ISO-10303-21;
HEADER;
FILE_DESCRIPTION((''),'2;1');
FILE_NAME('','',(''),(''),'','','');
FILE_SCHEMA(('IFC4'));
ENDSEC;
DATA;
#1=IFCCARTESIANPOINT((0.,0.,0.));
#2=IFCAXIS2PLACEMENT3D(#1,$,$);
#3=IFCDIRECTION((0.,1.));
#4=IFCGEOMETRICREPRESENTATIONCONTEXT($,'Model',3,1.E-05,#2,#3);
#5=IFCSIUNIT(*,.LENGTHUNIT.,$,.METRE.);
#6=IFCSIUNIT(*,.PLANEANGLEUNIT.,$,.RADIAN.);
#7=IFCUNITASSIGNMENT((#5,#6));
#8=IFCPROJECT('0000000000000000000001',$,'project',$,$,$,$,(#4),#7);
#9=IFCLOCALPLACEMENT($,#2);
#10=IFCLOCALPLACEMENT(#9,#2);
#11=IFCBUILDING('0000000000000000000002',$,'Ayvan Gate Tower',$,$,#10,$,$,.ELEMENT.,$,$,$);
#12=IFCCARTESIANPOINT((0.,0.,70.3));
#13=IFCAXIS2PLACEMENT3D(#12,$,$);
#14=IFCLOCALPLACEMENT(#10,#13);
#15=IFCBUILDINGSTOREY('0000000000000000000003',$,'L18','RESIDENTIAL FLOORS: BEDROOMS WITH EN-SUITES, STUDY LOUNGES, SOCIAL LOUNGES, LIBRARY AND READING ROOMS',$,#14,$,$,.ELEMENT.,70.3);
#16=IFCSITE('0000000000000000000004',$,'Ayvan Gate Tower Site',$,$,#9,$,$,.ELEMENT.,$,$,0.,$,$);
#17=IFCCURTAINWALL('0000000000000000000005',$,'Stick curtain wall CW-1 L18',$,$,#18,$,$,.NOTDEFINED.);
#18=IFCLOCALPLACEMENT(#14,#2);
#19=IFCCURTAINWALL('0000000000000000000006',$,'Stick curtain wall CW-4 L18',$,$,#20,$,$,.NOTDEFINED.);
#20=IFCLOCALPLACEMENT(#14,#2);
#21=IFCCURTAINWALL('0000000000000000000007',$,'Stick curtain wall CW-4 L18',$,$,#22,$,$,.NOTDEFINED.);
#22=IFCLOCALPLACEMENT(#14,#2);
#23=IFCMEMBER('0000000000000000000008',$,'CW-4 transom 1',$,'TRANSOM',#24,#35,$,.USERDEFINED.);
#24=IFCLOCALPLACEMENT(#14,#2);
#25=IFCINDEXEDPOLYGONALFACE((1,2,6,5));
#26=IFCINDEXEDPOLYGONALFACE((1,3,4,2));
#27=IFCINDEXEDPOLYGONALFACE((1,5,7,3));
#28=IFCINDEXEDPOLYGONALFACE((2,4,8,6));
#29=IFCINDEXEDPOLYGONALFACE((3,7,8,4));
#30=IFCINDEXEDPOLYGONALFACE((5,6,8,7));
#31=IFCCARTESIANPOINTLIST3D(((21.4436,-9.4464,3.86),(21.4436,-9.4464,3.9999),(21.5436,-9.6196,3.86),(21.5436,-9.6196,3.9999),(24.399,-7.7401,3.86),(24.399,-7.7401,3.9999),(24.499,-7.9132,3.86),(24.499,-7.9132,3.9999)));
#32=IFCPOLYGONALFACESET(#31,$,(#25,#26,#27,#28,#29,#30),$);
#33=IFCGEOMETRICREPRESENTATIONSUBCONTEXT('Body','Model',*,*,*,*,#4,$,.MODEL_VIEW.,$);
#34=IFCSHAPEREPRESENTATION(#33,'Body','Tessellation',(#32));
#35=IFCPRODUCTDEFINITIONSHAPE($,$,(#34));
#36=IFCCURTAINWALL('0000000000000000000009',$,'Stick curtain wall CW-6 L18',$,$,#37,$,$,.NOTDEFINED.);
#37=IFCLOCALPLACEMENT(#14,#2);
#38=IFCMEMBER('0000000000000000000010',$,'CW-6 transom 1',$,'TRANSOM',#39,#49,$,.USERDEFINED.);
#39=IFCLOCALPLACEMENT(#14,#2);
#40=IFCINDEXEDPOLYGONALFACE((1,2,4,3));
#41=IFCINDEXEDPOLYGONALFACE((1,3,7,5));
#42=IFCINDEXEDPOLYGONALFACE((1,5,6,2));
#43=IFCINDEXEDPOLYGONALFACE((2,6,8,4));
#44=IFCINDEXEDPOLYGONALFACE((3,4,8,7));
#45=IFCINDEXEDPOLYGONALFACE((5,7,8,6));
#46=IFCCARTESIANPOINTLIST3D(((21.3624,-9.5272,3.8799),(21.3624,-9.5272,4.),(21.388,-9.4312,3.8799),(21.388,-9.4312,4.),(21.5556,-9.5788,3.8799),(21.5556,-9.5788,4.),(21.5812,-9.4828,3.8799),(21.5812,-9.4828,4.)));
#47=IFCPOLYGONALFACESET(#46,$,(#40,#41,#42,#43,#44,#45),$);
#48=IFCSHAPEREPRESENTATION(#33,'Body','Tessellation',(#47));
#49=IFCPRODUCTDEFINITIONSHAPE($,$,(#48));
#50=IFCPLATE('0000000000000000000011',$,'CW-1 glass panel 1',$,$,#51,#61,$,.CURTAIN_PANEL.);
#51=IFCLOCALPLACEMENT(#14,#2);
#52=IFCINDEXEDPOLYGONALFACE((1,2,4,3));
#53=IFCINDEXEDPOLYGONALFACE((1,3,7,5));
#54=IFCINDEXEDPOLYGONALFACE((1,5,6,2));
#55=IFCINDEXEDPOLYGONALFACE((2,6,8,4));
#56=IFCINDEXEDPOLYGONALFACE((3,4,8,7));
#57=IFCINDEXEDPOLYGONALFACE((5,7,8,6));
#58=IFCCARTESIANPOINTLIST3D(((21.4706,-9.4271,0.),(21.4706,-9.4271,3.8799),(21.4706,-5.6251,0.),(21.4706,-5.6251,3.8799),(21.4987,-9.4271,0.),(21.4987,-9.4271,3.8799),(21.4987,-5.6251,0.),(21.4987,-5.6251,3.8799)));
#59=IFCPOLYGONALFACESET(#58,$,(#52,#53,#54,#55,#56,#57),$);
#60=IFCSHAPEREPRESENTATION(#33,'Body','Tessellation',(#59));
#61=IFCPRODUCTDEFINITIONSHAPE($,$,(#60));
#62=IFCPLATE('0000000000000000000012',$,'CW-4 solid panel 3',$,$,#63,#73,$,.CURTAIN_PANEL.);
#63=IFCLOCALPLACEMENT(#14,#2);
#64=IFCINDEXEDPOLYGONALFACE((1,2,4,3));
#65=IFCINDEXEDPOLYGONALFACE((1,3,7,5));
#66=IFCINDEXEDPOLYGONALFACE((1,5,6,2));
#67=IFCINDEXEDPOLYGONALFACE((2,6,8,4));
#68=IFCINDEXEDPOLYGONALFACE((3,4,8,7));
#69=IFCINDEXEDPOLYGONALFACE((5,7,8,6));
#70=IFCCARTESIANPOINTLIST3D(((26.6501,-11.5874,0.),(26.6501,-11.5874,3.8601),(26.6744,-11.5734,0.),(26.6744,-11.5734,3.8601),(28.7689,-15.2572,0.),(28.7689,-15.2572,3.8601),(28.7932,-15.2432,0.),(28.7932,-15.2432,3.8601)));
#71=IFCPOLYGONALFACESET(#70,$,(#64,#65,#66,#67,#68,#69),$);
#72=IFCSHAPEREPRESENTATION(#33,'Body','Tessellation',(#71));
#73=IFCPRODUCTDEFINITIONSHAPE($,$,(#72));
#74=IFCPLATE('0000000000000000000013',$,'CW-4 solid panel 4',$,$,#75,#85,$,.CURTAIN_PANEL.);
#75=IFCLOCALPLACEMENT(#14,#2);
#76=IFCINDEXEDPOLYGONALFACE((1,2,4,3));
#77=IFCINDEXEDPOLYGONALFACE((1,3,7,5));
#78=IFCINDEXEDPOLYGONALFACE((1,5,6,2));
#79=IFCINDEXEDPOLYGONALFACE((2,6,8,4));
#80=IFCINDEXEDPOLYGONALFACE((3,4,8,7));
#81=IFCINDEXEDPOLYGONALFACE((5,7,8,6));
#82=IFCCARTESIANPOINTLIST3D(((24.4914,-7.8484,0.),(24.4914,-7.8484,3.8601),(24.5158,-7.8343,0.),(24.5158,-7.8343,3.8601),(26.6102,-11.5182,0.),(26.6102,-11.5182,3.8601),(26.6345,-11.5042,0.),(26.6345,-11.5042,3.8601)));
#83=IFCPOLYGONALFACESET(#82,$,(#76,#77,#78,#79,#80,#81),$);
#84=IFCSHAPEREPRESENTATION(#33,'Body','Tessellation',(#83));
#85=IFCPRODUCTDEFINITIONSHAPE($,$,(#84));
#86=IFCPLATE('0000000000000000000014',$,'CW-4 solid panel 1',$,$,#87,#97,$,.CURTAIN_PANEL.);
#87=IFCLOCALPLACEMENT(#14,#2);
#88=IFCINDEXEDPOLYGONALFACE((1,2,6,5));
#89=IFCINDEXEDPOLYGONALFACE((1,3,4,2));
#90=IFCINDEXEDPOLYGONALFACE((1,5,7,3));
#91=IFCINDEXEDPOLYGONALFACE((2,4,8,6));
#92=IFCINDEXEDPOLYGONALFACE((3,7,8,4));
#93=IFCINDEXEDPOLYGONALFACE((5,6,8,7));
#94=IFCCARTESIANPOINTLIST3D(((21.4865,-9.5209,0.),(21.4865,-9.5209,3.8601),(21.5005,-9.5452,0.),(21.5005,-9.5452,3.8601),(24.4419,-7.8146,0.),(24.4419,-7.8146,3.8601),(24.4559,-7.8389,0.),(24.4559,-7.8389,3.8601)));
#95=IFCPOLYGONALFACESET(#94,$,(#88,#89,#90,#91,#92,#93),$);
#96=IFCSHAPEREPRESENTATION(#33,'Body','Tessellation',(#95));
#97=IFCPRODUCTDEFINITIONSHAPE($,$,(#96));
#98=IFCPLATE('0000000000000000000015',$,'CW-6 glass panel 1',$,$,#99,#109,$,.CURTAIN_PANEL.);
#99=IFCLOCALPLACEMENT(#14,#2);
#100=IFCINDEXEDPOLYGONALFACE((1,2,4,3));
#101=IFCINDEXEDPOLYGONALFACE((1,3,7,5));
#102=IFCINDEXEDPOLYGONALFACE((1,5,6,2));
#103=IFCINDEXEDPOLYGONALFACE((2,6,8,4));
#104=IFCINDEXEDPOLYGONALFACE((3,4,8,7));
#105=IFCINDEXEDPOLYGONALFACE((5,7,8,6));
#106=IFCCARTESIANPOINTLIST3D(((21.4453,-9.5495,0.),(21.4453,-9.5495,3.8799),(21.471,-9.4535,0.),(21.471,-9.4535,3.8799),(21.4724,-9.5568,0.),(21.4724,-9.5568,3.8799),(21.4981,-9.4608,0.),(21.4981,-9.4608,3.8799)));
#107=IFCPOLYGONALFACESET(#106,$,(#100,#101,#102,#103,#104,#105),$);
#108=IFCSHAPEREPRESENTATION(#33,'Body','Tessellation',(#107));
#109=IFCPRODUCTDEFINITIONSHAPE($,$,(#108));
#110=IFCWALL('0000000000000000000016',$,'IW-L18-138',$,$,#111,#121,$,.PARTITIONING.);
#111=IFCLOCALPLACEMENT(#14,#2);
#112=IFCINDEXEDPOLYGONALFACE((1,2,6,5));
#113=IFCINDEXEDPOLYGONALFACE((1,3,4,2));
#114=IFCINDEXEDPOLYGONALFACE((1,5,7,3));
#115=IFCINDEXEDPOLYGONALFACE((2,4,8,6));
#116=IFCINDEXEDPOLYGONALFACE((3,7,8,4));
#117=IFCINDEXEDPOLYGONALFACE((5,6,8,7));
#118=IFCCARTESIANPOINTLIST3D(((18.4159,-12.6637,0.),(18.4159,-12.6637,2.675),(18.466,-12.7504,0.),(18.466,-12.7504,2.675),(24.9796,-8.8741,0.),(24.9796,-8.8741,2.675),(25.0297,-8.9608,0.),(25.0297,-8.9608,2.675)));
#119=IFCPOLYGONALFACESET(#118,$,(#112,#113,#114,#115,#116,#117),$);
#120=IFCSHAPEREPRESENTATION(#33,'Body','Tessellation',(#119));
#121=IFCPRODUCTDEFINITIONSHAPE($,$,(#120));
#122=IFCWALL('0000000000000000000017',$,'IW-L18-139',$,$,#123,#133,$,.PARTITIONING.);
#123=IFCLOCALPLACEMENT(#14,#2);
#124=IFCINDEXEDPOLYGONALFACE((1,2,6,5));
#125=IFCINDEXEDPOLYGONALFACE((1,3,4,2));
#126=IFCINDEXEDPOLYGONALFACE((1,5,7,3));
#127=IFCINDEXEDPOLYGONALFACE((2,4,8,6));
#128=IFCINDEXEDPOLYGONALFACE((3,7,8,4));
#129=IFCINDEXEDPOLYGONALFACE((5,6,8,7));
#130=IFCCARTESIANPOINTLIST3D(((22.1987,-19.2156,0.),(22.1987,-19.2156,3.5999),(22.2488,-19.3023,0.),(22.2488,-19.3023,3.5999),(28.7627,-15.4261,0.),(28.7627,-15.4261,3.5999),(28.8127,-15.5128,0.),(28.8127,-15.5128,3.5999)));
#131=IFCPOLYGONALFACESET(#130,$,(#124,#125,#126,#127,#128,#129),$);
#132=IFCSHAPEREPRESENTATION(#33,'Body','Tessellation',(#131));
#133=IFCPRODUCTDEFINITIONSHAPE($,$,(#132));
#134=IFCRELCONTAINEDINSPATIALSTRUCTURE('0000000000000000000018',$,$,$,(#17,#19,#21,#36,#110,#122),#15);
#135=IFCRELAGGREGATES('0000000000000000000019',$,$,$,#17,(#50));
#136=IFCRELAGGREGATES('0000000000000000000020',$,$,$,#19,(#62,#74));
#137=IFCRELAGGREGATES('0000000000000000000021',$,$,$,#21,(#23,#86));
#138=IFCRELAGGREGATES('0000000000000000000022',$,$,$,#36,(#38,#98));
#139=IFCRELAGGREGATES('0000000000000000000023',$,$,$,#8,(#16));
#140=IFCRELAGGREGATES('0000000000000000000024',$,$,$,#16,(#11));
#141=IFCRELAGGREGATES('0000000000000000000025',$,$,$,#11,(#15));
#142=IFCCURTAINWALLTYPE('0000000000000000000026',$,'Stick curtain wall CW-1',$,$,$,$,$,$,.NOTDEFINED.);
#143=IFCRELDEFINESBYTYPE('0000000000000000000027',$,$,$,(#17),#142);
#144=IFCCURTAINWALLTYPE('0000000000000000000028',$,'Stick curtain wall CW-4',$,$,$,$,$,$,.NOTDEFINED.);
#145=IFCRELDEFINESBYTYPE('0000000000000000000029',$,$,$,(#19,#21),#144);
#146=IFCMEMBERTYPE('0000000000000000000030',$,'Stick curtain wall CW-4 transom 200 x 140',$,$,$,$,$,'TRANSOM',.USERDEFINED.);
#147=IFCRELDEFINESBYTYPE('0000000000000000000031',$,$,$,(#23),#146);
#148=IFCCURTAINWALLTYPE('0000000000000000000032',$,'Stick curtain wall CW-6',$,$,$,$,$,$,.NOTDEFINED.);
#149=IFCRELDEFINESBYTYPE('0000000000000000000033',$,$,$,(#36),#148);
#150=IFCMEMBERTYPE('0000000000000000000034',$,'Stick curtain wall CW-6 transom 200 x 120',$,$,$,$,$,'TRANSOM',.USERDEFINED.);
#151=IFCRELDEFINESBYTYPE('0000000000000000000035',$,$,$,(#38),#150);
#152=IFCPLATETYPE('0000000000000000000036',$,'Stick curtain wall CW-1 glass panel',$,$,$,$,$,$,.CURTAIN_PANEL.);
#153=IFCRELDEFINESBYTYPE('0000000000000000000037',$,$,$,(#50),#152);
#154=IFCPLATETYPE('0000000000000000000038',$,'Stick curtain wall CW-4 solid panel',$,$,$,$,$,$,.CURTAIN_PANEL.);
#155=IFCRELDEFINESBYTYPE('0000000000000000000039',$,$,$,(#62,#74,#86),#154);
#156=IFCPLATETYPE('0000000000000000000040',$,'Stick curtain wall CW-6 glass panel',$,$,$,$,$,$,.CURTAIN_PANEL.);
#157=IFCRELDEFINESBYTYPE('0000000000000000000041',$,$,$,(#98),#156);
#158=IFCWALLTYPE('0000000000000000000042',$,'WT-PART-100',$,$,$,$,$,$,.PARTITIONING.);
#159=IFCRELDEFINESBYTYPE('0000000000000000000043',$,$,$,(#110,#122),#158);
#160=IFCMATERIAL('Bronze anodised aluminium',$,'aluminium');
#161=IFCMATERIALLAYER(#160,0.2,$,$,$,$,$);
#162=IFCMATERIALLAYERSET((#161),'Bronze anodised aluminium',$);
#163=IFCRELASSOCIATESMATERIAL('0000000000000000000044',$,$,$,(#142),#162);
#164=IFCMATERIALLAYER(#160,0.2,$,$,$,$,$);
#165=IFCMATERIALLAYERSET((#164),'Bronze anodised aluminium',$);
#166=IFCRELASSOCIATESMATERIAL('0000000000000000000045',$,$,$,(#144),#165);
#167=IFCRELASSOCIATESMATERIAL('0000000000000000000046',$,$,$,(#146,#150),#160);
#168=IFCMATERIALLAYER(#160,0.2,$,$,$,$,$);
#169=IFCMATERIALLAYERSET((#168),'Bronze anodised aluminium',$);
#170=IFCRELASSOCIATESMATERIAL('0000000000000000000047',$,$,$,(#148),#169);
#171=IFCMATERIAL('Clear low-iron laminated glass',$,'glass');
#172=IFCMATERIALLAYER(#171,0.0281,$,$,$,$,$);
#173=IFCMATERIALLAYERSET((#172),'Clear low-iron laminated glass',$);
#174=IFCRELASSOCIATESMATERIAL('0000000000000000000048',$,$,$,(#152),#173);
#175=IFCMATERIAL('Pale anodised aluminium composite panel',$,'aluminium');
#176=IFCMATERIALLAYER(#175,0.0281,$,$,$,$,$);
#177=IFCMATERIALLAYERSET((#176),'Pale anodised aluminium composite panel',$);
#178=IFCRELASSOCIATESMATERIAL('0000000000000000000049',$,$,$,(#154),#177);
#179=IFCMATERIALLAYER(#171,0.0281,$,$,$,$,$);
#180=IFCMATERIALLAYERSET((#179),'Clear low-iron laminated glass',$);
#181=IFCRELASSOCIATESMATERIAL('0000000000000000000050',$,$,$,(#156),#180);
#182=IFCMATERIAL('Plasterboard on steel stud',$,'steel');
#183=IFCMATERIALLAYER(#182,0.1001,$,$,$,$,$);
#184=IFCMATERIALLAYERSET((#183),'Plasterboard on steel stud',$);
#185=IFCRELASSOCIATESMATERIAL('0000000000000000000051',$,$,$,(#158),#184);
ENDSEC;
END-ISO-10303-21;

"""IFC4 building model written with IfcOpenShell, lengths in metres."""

from ifc_helpers import new_model, si_unit, direction, frame, frame_2d, origin, origin_2d, place, context, subcontext, project, spatial, rectangle, extrude, material, layer, layer_set, material_profile, profile_set, type_object, element, aggregate, save


model = new_model("IFC4")

# Units and contexts
model_context = context("Model", 3, precision=1e-05, world=origin(), true_north=direction((0.0, 1.0)))
body_context = subcontext(model_context, "Body", "Model", "MODEL_VIEW")
ifc_project = project(units=[si_unit("LENGTHUNIT", "METRE"), si_unit("PLANEANGLEUNIT", "RADIAN")], contexts=[model_context])

# Site, building, storey
site_placement = place(None, origin())
site = spatial("IfcSite", under=ifc_project, at=site_placement, Name="Ayvan Gate Tower Site", CompositionType="ELEMENT", RefElevation=0.0)
building_placement = place(site_placement, origin())
building = spatial("IfcBuilding", under=site, at=building_placement, Name="Ayvan Gate Tower", CompositionType="ELEMENT")
storey_placement = place(building_placement, frame((0.0, 0.0, 70.3)))
storey = spatial("IfcBuildingStorey", under=building, at=storey_placement, Name="L18", Description="RESIDENTIAL FLOORS: BEDROOMS WITH EN-SUITES, STUDY LOUNGES, SOCIAL LOUNGES, LIBRARY AND READING ROOMS", CompositionType="ELEMENT", Elevation=70.3)

# Curtain walls, member
ifc_material_1 = material(Name="Bronze anodised aluminium", Category="aluminium")
ifc_layer_1 = layer(ifc_material_1, 0.2)
ifc_layer_set_1 = layer_set([ifc_layer_1], Name="Bronze anodised aluminium")
curtain_wall_type_1 = type_object("IfcCurtainWallType", Name="Stick curtain wall CW-1", PredefinedType="NOTDEFINED", material=ifc_layer_set_1)
curtain_wall_1_placement = place(storey_placement, origin())
curtain_wall_1 = element("IfcCurtainWall", 1, at=curtain_wall_1_placement, inside=storey, type_object=curtain_wall_type_1, Name="Stick curtain wall CW-1 L18", PredefinedType="NOTDEFINED")
ifc_layer_2 = layer(ifc_material_1, 0.2)
ifc_layer_set_2 = layer_set([ifc_layer_2], Name="Bronze anodised aluminium")
curtain_wall_type_2 = type_object("IfcCurtainWallType", Name="Stick curtain wall CW-4", PredefinedType="NOTDEFINED", material=ifc_layer_set_2)
curtain_wall_2_placement = place(storey_placement, origin())
curtain_wall_2 = element("IfcCurtainWall", 2, at=curtain_wall_2_placement, inside=storey, type_object=curtain_wall_type_2, Name="Stick curtain wall CW-4 L18", PredefinedType="NOTDEFINED")
curtain_wall_3_placement = place(storey_placement, origin())
curtain_wall_3 = element("IfcCurtainWall", 3, at=curtain_wall_3_placement, inside=storey, type_object=curtain_wall_type_2, Name="Stick curtain wall CW-4 L18", PredefinedType="NOTDEFINED")
ifc_material_profile_1 = material_profile(ifc_material_1, rectangle(XDim=0.2, YDim=0.1399, at=origin_2d()), Name="Stick curtain wall CW-4 transom 200 x 140")
ifc_profile_set_1 = profile_set([ifc_material_profile_1], Name="Bronze anodised aluminium")
member_type_1 = type_object("IfcMemberType", Name="Stick curtain wall CW-4 transom 200 x 140", ElementType="TRANSOM", PredefinedType="USERDEFINED", material=ifc_profile_set_1)
member_1_placement = place(storey_placement, frame((24.449, -7.8267, 3.9299), z_axis=(-0.86602, -0.500009, 0.0), x_axis=(0.500009, -0.86602, 0.0)))
member_1 = element("IfcMember", 4, at=member_1_placement, type_object=member_type_1, Name="CW-4 transom 1", ObjectType="TRANSOM", PredefinedType="USERDEFINED", context=body_context, shape_type="SweptSolid", body=[
    extrude(rectangle(XDim=0.2, YDim=0.1399, at=origin_2d()), origin(), (0.0, 0.0, 1.0), 3.4126),
])

# Curtain wall, member
ifc_layer_3 = layer(ifc_material_1, 0.2)
ifc_layer_set_3 = layer_set([ifc_layer_3], Name="Bronze anodised aluminium")
curtain_wall_type_3 = type_object("IfcCurtainWallType", Name="Stick curtain wall CW-6", PredefinedType="NOTDEFINED", material=ifc_layer_set_3)
curtain_wall_4_placement = place(storey_placement, origin())
curtain_wall_4 = element("IfcCurtainWall", 5, at=curtain_wall_4_placement, inside=storey, type_object=curtain_wall_type_3, Name="Stick curtain wall CW-6 L18", PredefinedType="NOTDEFINED")
ifc_material_profile_2 = material_profile(ifc_material_1, rectangle(XDim=0.2, YDim=0.1201, at=origin_2d()), Name="Stick curtain wall CW-6 transom 200 x 120")
ifc_profile_set_2 = profile_set([ifc_material_profile_2], Name="Bronze anodised aluminium")
member_type_2 = type_object("IfcMemberType", Name="Stick curtain wall CW-6 transom 200 x 120", ElementType="TRANSOM", PredefinedType="USERDEFINED", material=ifc_profile_set_2)
member_2_placement = place(storey_placement, frame((21.459, -9.553, 3.9399), z_axis=(0.258122, 0.966112, 0.0), x_axis=(-0.966112, 0.258122, 0.0)))
member_2 = element("IfcMember", 6, at=member_2_placement, type_object=member_type_2, Name="CW-6 transom 1", ObjectType="TRANSOM", PredefinedType="USERDEFINED", context=body_context, shape_type="SweptSolid", body=[
    extrude(rectangle(XDim=0.2, YDim=0.1201, at=origin_2d()), origin(), (0.0, 0.0, 1.0), 0.0994),
])

# Plates
ifc_material_2 = material(Name="Clear low-iron laminated glass", Category="glass")
ifc_layer_4 = layer(ifc_material_2, 0.0281)
ifc_layer_set_4 = layer_set([ifc_layer_4], Name="Clear low-iron laminated glass")
plate_type_1 = type_object("IfcPlateType", Name="Stick curtain wall CW-1 glass panel", PredefinedType="CURTAIN_PANEL", material=ifc_layer_set_4)
plate_1_placement = place(storey_placement, frame((21.4846, -7.5261, 0.0), z_axis=(0.0, 0.0, 1.0), x_axis=(0.0, 1.0, 0.0)))
plate_1 = element("IfcPlate", 7, at=plate_1_placement, type_object=plate_type_1, Name="CW-1 glass panel 1", PredefinedType="CURTAIN_PANEL", context=body_context, shape_type="SweptSolid", body=[
    extrude(rectangle(XDim=3.802, YDim=0.0281, at=origin_2d()), origin(), (0.0, 0.0, 1.0), 3.8799),
])
aggregate(curtain_wall_1, [plate_1])
ifc_material_3 = material(Name="Pale anodised aluminium composite panel", Category="aluminium")
ifc_layer_5 = layer(ifc_material_3, 0.0281)
ifc_layer_set_5 = layer_set([ifc_layer_5], Name="Pale anodised aluminium composite panel")
plate_type_2 = type_object("IfcPlateType", Name="Stick curtain wall CW-4 solid panel", PredefinedType="CURTAIN_PANEL", material=ifc_layer_set_5)
plate_2_placement = place(storey_placement, frame((27.7217, -13.4153, 0.0), z_axis=(0.0, 0.0, 1.0), x_axis=(-0.5, 0.866025, 0.0)))
plate_2 = element("IfcPlate", 8, at=plate_2_placement, type_object=plate_type_2, Name="CW-4 solid panel 3", PredefinedType="CURTAIN_PANEL", context=body_context, shape_type="SweptSolid", body=[
    extrude(rectangle(XDim=4.2375, YDim=0.0281, at=origin_2d()), origin(), (0.0, 0.0, 1.0), 3.8601),
])
plate_3_placement = place(storey_placement, frame((25.563, -9.6763, 0.0), z_axis=(0.0, 0.0, 1.0), x_axis=(-0.5, 0.866025, 0.0)))
plate_3 = element("IfcPlate", 9, at=plate_3_placement, type_object=plate_type_2, Name="CW-4 solid panel 4", PredefinedType="CURTAIN_PANEL", context=body_context, shape_type="SweptSolid", body=[
    extrude(rectangle(XDim=4.2375, YDim=0.0281, at=origin_2d()), origin(), (0.0, 0.0, 1.0), 3.8601),
])
aggregate(curtain_wall_2, [plate_2, plate_3])
plate_4_placement = place(storey_placement, frame((22.9712, -8.6799, 0.0), z_axis=(0.0, 0.0, 1.0), x_axis=(-0.866025, -0.5, 0.0)))
plate_4 = element("IfcPlate", 10, at=plate_4_placement, type_object=plate_type_2, Name="CW-4 solid panel 1", PredefinedType="CURTAIN_PANEL", context=body_context, shape_type="SweptSolid", body=[
    extrude(rectangle(XDim=3.4126, YDim=0.0281, at=origin_2d()), origin(), (0.0, 0.0, 1.0), 3.8601),
])
aggregate(curtain_wall_3, [member_1, plate_4])
ifc_layer_6 = layer(ifc_material_2, 0.0281)
ifc_layer_set_6 = layer_set([ifc_layer_6], Name="Clear low-iron laminated glass")
plate_type_3 = type_object("IfcPlateType", Name="Stick curtain wall CW-6 glass panel", PredefinedType="CURTAIN_PANEL", material=ifc_layer_set_6)
plate_5_placement = place(storey_placement, frame((21.4717, -9.5051, 0.0), z_axis=(0.0, 0.0, 1.0), x_axis=(0.258819, 0.965926, 0.0)))
plate_5 = element("IfcPlate", 11, at=plate_5_placement, type_object=plate_type_3, Name="CW-6 glass panel 1", PredefinedType="CURTAIN_PANEL", context=body_context, shape_type="SweptSolid", body=[
    extrude(rectangle(XDim=0.0994, YDim=0.0281, at=origin_2d()), origin(), (0.0, 0.0, 1.0), 3.8799),
])
aggregate(curtain_wall_4, [member_2, plate_5])

# Walls
ifc_material_4 = material(Name="Plasterboard on steel stud", Category="steel")
ifc_layer_7 = layer(ifc_material_4, 0.1001)
ifc_layer_set_7 = layer_set([ifc_layer_7], Name="Plasterboard on steel stud")
wall_type = type_object("IfcWallType", Name="WT-PART-100", PredefinedType="PARTITIONING", material=ifc_layer_set_7)
wall_1_placement = place(storey_placement, frame((25.0046, -8.9175, 0.0), z_axis=(0.0, 0.0, 1.0), x_axis=(-0.866026, -0.499999, 0.0)))
element("IfcWall", 12, at=wall_1_placement, inside=storey, type_object=wall_type, Name="IW-L18-138", PredefinedType="PARTITIONING", context=body_context, shape_type="SweptSolid", body=[
    extrude(rectangle(XDim=7.5791, YDim=0.1001, at=frame_2d((3.7896, 0.0))), origin(), (0.0, 0.0, 1.0), 2.675),
])
wall_2_placement = place(storey_placement, frame((28.7876, -15.4695, 0.0), z_axis=(0.0, 0.0, 1.0), x_axis=(-0.866034, -0.499985, 0.0)))
element("IfcWall", 13, at=wall_2_placement, inside=storey, type_object=wall_type, Name="IW-L18-139", PredefinedType="PARTITIONING", context=body_context, shape_type="SweptSolid", body=[
    extrude(rectangle(XDim=7.5793, YDim=0.1001, at=frame_2d((3.7896, 0.0))), origin(), (0.0, 0.0, 1.0), 3.5999),
])

save(model, "model.ifc")
